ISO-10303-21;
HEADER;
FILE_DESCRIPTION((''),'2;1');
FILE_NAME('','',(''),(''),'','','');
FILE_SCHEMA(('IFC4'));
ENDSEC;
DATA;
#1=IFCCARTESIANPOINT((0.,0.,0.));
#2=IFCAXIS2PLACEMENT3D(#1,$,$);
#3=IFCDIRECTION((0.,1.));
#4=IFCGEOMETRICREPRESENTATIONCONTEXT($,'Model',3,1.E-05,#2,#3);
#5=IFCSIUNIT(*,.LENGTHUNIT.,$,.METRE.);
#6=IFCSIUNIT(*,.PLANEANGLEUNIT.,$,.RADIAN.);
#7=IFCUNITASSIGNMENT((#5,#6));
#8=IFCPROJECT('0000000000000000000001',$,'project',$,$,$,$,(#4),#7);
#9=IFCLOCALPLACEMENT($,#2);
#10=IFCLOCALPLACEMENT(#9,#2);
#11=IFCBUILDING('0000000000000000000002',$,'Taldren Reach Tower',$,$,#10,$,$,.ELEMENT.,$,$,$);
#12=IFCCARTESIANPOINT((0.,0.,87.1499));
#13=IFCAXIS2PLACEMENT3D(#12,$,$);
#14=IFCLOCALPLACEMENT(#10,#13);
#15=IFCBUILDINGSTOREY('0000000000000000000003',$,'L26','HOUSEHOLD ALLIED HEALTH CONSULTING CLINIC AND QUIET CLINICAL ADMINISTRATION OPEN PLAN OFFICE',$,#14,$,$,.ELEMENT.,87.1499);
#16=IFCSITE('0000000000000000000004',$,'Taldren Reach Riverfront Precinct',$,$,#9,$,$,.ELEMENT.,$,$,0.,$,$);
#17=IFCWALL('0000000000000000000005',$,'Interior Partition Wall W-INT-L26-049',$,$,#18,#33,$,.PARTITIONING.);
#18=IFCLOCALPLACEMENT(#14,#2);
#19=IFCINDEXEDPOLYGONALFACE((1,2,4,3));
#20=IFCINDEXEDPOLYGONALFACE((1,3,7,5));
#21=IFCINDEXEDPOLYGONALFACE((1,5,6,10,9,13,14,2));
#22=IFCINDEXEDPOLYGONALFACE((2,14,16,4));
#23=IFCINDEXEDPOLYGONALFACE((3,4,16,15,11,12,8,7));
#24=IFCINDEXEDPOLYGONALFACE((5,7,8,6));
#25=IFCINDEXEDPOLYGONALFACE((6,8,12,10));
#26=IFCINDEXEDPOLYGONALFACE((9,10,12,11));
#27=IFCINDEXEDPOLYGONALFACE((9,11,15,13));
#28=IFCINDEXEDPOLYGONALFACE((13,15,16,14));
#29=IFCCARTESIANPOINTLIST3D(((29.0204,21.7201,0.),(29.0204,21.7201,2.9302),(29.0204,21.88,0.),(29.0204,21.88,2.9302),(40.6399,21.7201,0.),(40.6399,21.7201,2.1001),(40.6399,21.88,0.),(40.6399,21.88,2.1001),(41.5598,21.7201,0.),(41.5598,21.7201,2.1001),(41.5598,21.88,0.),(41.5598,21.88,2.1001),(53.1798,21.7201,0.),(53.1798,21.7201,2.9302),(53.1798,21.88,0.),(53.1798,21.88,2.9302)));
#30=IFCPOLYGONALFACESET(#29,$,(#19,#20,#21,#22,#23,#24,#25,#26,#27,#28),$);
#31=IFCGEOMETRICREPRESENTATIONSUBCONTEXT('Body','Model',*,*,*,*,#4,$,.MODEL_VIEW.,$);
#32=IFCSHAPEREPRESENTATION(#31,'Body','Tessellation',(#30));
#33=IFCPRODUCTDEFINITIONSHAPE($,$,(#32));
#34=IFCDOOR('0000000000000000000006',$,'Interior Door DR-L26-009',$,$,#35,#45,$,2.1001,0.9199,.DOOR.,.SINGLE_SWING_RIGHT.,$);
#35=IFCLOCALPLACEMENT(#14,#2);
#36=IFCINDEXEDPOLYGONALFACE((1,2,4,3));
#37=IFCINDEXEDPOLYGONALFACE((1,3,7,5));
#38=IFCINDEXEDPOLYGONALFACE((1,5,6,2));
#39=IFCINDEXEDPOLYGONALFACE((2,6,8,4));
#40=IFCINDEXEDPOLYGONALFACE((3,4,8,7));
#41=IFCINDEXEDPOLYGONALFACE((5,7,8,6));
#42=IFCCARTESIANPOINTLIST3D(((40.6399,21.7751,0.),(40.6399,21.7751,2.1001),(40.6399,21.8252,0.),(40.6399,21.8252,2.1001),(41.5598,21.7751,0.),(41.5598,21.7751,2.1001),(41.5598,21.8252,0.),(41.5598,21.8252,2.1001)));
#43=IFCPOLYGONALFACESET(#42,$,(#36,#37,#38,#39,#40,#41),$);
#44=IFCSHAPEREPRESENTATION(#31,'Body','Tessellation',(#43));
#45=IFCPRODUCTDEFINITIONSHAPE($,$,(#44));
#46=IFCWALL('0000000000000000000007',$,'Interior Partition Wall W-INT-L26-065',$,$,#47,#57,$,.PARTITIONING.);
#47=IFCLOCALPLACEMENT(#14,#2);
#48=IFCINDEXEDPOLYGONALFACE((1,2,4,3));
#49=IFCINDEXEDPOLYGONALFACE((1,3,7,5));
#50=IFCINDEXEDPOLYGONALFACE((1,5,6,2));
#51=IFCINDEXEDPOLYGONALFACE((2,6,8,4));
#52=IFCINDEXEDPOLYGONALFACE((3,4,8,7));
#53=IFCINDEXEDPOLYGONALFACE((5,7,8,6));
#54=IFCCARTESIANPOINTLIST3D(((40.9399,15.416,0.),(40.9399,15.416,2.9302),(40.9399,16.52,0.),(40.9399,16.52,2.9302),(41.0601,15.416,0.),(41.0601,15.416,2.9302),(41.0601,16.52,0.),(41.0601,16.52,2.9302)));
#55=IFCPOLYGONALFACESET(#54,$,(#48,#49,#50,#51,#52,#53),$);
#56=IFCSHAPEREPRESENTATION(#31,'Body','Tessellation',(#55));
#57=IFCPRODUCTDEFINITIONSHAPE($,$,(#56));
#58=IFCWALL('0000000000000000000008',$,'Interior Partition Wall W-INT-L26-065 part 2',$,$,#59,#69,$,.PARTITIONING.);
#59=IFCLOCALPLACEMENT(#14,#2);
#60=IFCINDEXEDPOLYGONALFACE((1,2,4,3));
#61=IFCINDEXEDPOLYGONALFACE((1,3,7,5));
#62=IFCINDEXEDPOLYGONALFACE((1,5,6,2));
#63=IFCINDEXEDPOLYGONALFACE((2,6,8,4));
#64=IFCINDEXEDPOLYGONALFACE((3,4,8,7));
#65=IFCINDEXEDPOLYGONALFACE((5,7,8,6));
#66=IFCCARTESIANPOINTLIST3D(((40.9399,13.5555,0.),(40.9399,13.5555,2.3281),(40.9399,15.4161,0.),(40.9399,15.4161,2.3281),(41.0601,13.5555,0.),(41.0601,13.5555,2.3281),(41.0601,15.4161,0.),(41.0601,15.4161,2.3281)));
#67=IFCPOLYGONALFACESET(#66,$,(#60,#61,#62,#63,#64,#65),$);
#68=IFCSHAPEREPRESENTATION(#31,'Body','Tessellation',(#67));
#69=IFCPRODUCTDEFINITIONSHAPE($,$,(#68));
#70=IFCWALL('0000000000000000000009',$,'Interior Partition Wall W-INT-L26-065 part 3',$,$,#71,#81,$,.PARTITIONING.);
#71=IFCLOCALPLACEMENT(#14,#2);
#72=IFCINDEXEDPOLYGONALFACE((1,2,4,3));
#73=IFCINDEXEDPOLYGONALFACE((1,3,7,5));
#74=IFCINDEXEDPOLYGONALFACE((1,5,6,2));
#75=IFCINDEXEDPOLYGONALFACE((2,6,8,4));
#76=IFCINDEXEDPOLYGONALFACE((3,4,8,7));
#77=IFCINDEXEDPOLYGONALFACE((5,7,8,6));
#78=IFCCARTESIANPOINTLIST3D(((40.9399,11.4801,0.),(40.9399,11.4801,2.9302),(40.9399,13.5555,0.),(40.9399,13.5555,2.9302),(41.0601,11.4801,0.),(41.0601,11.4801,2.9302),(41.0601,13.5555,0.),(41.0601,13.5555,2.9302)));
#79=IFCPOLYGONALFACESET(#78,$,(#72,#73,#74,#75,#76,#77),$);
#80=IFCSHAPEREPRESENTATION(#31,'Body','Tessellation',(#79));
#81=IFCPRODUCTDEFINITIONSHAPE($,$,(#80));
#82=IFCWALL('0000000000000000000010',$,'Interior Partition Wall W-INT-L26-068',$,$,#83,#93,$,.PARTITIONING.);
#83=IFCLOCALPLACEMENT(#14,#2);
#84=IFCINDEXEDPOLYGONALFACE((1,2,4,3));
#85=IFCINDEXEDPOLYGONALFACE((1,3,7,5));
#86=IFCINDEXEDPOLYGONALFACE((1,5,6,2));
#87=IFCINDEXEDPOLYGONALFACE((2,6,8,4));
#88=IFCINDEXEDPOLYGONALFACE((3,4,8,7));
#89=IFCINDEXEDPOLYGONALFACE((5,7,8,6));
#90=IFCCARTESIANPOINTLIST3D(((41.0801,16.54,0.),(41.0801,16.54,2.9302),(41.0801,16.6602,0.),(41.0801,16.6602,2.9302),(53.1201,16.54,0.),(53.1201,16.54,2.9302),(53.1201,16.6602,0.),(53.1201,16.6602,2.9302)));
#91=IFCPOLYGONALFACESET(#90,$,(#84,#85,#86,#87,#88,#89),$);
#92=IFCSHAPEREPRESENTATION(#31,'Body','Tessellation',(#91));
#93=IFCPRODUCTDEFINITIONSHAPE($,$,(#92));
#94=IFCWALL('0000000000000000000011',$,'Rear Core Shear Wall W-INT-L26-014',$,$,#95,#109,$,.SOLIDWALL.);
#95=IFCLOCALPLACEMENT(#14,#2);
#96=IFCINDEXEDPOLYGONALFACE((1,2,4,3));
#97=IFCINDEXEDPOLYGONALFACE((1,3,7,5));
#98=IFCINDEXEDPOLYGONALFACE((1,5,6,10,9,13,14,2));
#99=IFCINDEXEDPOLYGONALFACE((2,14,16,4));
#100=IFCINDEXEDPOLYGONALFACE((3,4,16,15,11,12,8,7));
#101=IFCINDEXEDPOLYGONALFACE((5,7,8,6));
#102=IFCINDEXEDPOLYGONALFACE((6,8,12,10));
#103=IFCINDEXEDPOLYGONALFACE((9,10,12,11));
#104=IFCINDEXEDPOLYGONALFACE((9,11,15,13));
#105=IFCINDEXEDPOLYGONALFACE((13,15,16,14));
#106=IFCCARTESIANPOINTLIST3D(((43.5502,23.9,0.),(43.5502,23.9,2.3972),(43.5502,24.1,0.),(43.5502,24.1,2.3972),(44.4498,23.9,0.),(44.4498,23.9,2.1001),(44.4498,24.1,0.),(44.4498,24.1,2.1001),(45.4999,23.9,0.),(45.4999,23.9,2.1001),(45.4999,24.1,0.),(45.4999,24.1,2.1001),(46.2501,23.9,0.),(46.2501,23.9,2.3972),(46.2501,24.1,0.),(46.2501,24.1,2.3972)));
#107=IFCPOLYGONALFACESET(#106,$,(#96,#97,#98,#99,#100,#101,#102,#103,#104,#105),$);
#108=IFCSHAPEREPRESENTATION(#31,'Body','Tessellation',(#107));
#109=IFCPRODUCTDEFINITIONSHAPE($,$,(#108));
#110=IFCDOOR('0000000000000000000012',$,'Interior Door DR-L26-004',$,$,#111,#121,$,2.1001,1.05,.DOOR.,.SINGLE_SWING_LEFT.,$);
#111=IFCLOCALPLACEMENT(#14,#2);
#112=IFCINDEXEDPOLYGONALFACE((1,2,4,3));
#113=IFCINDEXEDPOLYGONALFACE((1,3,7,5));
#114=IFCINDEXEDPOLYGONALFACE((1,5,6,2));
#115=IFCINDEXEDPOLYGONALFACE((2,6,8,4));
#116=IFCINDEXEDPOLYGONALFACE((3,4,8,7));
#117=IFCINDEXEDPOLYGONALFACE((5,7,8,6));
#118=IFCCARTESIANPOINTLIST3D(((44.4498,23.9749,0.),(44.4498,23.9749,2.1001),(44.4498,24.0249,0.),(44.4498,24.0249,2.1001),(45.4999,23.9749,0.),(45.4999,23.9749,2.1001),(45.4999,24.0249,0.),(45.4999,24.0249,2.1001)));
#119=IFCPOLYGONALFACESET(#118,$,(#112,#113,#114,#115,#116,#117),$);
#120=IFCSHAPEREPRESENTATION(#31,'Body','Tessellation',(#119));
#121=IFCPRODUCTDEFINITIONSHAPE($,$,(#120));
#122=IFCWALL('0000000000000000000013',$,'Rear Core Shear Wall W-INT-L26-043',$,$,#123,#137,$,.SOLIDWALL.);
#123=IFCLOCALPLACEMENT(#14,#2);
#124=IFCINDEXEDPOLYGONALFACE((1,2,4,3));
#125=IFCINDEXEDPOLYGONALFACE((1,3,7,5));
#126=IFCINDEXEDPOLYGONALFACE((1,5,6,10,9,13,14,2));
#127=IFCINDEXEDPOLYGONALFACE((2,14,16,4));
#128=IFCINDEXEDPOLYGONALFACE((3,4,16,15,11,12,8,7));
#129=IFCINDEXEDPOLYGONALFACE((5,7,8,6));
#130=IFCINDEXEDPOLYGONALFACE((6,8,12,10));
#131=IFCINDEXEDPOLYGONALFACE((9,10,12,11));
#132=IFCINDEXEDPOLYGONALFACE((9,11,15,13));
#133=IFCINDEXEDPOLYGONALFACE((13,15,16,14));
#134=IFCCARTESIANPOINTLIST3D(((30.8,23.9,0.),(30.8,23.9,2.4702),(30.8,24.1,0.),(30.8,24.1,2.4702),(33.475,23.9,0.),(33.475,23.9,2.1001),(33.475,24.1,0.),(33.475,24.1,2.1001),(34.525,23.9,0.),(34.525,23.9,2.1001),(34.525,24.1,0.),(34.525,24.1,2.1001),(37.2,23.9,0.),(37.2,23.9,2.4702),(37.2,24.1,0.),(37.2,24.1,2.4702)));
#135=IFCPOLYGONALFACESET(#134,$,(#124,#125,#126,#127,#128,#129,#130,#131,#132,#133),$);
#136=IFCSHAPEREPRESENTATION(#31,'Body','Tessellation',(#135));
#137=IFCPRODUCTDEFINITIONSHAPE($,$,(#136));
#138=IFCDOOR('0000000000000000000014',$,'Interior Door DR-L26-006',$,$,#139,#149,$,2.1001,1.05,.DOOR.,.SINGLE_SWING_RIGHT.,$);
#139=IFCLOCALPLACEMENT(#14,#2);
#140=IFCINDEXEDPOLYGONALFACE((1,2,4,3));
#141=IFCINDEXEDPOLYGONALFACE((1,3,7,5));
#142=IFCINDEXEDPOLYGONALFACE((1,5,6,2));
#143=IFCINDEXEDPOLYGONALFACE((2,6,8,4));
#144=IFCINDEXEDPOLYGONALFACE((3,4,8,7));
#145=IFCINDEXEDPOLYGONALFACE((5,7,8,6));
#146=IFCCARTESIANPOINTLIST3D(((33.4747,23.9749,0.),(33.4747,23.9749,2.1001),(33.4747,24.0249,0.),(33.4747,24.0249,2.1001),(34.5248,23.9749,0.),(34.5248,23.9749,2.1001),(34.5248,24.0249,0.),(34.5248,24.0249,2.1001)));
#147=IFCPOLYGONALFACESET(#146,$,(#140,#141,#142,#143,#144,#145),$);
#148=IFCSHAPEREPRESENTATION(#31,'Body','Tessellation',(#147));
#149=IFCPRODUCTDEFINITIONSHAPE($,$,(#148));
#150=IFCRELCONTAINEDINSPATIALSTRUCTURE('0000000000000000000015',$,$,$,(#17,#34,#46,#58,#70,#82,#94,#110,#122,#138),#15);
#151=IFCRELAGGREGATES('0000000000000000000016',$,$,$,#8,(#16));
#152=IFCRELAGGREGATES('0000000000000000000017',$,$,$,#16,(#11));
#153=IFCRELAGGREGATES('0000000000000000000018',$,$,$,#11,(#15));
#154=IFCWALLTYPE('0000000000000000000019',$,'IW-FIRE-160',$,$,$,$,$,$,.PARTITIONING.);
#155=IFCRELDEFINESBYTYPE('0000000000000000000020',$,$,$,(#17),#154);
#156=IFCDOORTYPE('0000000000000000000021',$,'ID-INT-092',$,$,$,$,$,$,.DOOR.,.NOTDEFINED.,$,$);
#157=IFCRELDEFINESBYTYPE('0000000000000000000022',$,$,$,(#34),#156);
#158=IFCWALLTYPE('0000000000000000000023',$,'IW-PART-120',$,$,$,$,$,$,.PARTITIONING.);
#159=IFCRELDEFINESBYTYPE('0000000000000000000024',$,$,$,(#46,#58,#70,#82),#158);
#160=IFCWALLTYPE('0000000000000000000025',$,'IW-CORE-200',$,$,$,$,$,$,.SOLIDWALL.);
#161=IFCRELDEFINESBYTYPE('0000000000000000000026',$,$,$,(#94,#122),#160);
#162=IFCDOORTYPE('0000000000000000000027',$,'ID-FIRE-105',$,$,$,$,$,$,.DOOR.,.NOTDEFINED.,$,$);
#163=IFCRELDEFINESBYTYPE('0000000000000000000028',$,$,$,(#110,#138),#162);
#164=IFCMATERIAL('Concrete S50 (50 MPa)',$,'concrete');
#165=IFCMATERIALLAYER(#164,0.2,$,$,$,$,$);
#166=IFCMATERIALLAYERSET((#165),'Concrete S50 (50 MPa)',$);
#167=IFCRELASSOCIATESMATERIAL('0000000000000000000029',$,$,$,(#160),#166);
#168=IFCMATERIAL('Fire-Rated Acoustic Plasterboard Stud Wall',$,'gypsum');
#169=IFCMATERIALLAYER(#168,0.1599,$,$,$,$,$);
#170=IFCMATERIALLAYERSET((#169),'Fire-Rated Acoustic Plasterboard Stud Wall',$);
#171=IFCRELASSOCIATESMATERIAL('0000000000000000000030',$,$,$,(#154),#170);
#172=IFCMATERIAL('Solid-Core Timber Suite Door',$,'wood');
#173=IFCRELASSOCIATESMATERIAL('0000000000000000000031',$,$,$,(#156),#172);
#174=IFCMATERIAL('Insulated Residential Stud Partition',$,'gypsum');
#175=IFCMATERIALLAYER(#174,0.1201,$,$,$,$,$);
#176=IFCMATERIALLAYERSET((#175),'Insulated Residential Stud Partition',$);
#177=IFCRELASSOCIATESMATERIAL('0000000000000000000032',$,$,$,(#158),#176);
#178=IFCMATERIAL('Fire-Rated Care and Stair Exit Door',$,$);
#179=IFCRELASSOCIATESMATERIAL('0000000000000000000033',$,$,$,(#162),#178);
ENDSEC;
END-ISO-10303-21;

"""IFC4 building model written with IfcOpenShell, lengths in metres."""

from ifc_helpers import new_model, si_unit, direction, frame, frame_2d, origin, place, context, subcontext, project, spatial, rectangle, extrude, source, transform, mapped, material, layer, layer_set, type_object, element, fill, save


model = new_model("IFC4")

# Units and contexts
model_context = context("Model", 3, precision=1e-05, world=origin(), true_north=direction((0.0, 1.0)))
body_context = subcontext(model_context, "Body", "Model", "MODEL_VIEW")
ifc_project = project(units=[si_unit("LENGTHUNIT", "METRE"), si_unit("PLANEANGLEUNIT", "RADIAN")], contexts=[model_context])

# Site, building, storey
site_placement = place(None, origin())
site = spatial("IfcSite", under=ifc_project, at=site_placement, Name="Taldren Reach Riverfront Precinct", CompositionType="ELEMENT", RefElevation=0.0)
building_placement = place(site_placement, origin())
building = spatial("IfcBuilding", under=site, at=building_placement, Name="Taldren Reach Tower", CompositionType="ELEMENT")
storey_placement = place(building_placement, frame((0.0, 0.0, 87.1499)))
storey = spatial("IfcBuildingStorey", under=building, at=storey_placement, Name="L26", Description="HOUSEHOLD ALLIED HEALTH CONSULTING CLINIC AND QUIET CLINICAL ADMINISTRATION OPEN PLAN OFFICE", CompositionType="ELEMENT", Elevation=87.1499)

# Shared definitions
ifc_material_1 = material(Name="Concrete S50 (50 MPa)", Category="concrete")
ifc_layer_1 = layer(ifc_material_1, 0.2)
ifc_layer_set_1 = layer_set([ifc_layer_1], Name="Concrete S50 (50 MPa)")
wall_type_1 = type_object("IfcWallType", Name="IW-CORE-200", PredefinedType="SOLIDWALL", material=ifc_layer_set_1)
ifc_material_2 = material(Name="Fire-Rated Acoustic Plasterboard Stud Wall", Category="gypsum")
ifc_layer_2 = layer(ifc_material_2, 0.1599)
ifc_layer_set_2 = layer_set([ifc_layer_2], Name="Fire-Rated Acoustic Plasterboard Stud Wall")
wall_type_2 = type_object("IfcWallType", Name="IW-FIRE-160", PredefinedType="PARTITIONING", material=ifc_layer_set_2)

# Wall, opening, door
shared_shape_1 = source(origin(), body_context, "Body", "SweptSolid", [
    extrude(rectangle(XDim=24.1594, YDim=0.1599, at=frame_2d((12.0796, 0.0))), origin(), (0.0, 0.0, 1.0), 2.9302),
])
wall_1_placement = place(storey_placement, frame((53.1797, 21.8, 0.0), z_axis=(0.0, 0.0, 1.0), x_axis=(-1.0, 0.0, 0.0)))
wall_1 = element("IfcWall", 1, at=wall_1_placement, inside=storey, type_object=wall_type_2, Name="Interior Partition Wall W-INT-L26-049", PredefinedType="PARTITIONING", context=body_context, shape_type="MappedRepresentation", body=[
    mapped(shared_shape_1, transform((0.0, 0.0, 0.0), scale=1.0)),
])
shared_shape_2 = source(origin(), body_context, "Body", "SweptSolid", [
    extrude(rectangle(XDim=0.9199, YDim=2.1001, at=frame_2d((0.46, 1.05))), frame((0.0, 0.0898, 0.0), z_axis=(0.0, -1.0, 0.0), x_axis=(1.0, 0.0, 0.0)), (0.0, 0.0, 1.0), 0.1799),
])
opening_1_placement = place(wall_1_placement, frame((11.6199, 0.0, 0.0)))
opening_1 = element("IfcOpeningElement", 2, at=opening_1_placement, cuts=wall_1, PredefinedType="OPENING", context=body_context, shape_type="MappedRepresentation", body=[
    mapped(shared_shape_2, transform((0.0, 0.0, 0.0), scale=1.0)),
])
ifc_material_3 = material(Name="Solid-Core Timber Suite Door", Category="wood")
door_type_1 = type_object("IfcDoorType", Name="ID-INT-092", OperationType="NOTDEFINED", PredefinedType="DOOR", material=ifc_material_3)
shared_shape_3 = source(origin(), body_context, "Body", "SweptSolid", [
    extrude(rectangle(XDim=0.9199, YDim=2.1001, at=frame_2d((0.46, 1.05))), frame((0.0, 0.0249, 0.0), z_axis=(0.0, -1.0, 0.0), x_axis=(1.0, 0.0, 0.0)), (0.0, 0.0, 1.0), 0.05),
])
door_1_placement = place(opening_1_placement, origin())
door_1 = element("IfcDoor", 3, at=door_1_placement, inside=storey, type_object=door_type_1, Name="Interior Door DR-L26-009", OperationType="SINGLE_SWING_RIGHT", OverallHeight=2.1001, OverallWidth=0.9199, PredefinedType="DOOR", context=body_context, shape_type="MappedRepresentation", body=[
    mapped(shared_shape_3, transform((0.0, 0.0, 0.0), scale=1.0)),
])
fill(opening_1, door_1)

# Walls
ifc_material_4 = material(Name="Insulated Residential Stud Partition", Category="gypsum")
ifc_layer_3 = layer(ifc_material_4, 0.1201)
ifc_layer_set_3 = layer_set([ifc_layer_3], Name="Insulated Residential Stud Partition")
wall_type_3 = type_object("IfcWallType", Name="IW-PART-120", PredefinedType="PARTITIONING", material=ifc_layer_set_3)
shared_shape_4 = source(origin(), body_context, "Body", "SweptSolid", [
    extrude(rectangle(XDim=1.104, YDim=0.1201, at=frame_2d((0.552, 0.0))), origin(), (0.0, 0.0, 1.0), 2.9302),
])
wall_2_placement = place(storey_placement, frame((41.0, 16.52, 0.0), z_axis=(0.0, 0.0, 1.0), x_axis=(0.0, -1.0, 0.0)))
element("IfcWall", 4, at=wall_2_placement, inside=storey, type_object=wall_type_3, Name="Interior Partition Wall W-INT-L26-065", PredefinedType="PARTITIONING", context=body_context, shape_type="MappedRepresentation", body=[
    mapped(shared_shape_4, transform((0.0, 0.0, 0.0), scale=1.0)),
])
shared_shape_5 = source(origin(), body_context, "Body", "SweptSolid", [
    extrude(rectangle(XDim=1.8606, YDim=0.1201, at=frame_2d((0.9302, 0.0))), origin(), (0.0, 0.0, 1.0), 2.3281),
])
wall_3_placement = place(storey_placement, frame((41.0, 15.416, 0.0), z_axis=(0.0, 0.0, 1.0), x_axis=(0.0, -1.0, 0.0)))
element("IfcWall", 5, at=wall_3_placement, inside=storey, type_object=wall_type_3, Name="Interior Partition Wall W-INT-L26-065 part 2", PredefinedType="PARTITIONING", context=body_context, shape_type="MappedRepresentation", body=[
    mapped(shared_shape_5, transform((0.0, 0.0, 0.0), scale=1.0)),
])
shared_shape_6 = source(origin(), body_context, "Body", "SweptSolid", [
    extrude(rectangle(XDim=2.0754, YDim=0.1201, at=frame_2d((1.0376, 0.0))), origin(), (0.0, 0.0, 1.0), 2.9302),
])
wall_4_placement = place(storey_placement, frame((41.0, 13.5554, 0.0), z_axis=(0.0, 0.0, 1.0), x_axis=(0.0, -1.0, 0.0)))
element("IfcWall", 6, at=wall_4_placement, inside=storey, type_object=wall_type_3, Name="Interior Partition Wall W-INT-L26-065 part 3", PredefinedType="PARTITIONING", context=body_context, shape_type="MappedRepresentation", body=[
    mapped(shared_shape_6, transform((0.0, 0.0, 0.0), scale=1.0)),
])
shared_shape_7 = source(origin(), body_context, "Body", "SweptSolid", [
    extrude(rectangle(XDim=12.04, YDim=0.1201, at=frame_2d((6.02, 0.0))), origin(), (0.0, 0.0, 1.0), 2.9302),
])
wall_5_placement = place(storey_placement, frame((41.0801, 16.6001, 0.0), z_axis=(0.0, 0.0, 1.0), x_axis=(1.0, 0.0, 0.0)))
element("IfcWall", 7, at=wall_5_placement, inside=storey, type_object=wall_type_3, Name="Interior Partition Wall W-INT-L26-068", PredefinedType="PARTITIONING", context=body_context, shape_type="MappedRepresentation", body=[
    mapped(shared_shape_7, transform((0.0, 0.0, 0.0), scale=1.0)),
])

# Walls, openings, doors
shared_shape_8 = source(origin(), body_context, "Body", "SweptSolid", [
    extrude(rectangle(XDim=2.7, YDim=0.2, at=frame_2d((1.3501, 0.0))), origin(), (0.0, 0.0, 1.0), 2.3972),
])
wall_6_placement = place(storey_placement, frame((43.55, 24.0, 0.0), z_axis=(0.0, 0.0, 1.0), x_axis=(1.0, 0.0, 0.0)))
wall_6 = element("IfcWall", 8, at=wall_6_placement, inside=storey, type_object=wall_type_1, Name="Rear Core Shear Wall W-INT-L26-014", PredefinedType="SOLIDWALL", context=body_context, shape_type="MappedRepresentation", body=[
    mapped(shared_shape_8, transform((0.0, 0.0, 0.0), scale=1.0)),
])
shared_shape_9 = source(origin(), body_context, "Body", "SweptSolid", [
    extrude(rectangle(XDim=1.05, YDim=2.1001, at=frame_2d((0.5249, 1.05))), frame((0.0, 0.1099, 0.0), z_axis=(0.0, -1.0, 0.0), x_axis=(1.0, 0.0, 0.0)), (0.0, 0.0, 1.0), 0.22),
])
opening_2_placement = place(wall_6_placement, frame((0.8999, 0.0, 0.0)))
opening_2 = element("IfcOpeningElement", 9, at=opening_2_placement, cuts=wall_6, PredefinedType="OPENING", context=body_context, shape_type="MappedRepresentation", body=[
    mapped(shared_shape_9, transform((0.0, 0.0, 0.0), scale=1.0)),
])
ifc_material_5 = material(Name="Fire-Rated Care and Stair Exit Door")
door_type_2 = type_object("IfcDoorType", Name="ID-FIRE-105", OperationType="NOTDEFINED", PredefinedType="DOOR", material=ifc_material_5)
shared_shape_10 = source(origin(), body_context, "Body", "SweptSolid", [
    extrude(rectangle(XDim=1.05, YDim=2.1001, at=frame_2d((0.5249, 1.05))), frame((0.0, 0.0249, 0.0), z_axis=(0.0, -1.0, 0.0), x_axis=(1.0, 0.0, 0.0)), (0.0, 0.0, 1.0), 0.05),
])
door_2_placement = place(opening_2_placement, origin())
door_2 = element("IfcDoor", 10, at=door_2_placement, inside=storey, type_object=door_type_2, Name="Interior Door DR-L26-004", OperationType="SINGLE_SWING_LEFT", OverallHeight=2.1001, OverallWidth=1.05, PredefinedType="DOOR", context=body_context, shape_type="MappedRepresentation", body=[
    mapped(shared_shape_10, transform((0.0, 0.0, 0.0), scale=1.0)),
])
fill(opening_2, door_2)
shared_shape_11 = source(origin(), body_context, "Body", "SweptSolid", [
    extrude(rectangle(XDim=6.3999, YDim=0.2, at=frame_2d((3.2, 0.0))), origin(), (0.0, 0.0, 1.0), 2.4702),
])
wall_7_placement = place(storey_placement, frame((37.2, 24.0, 0.0), z_axis=(0.0, 0.0, 1.0), x_axis=(-1.0, 0.0, 0.0)))
wall_7 = element("IfcWall", 11, at=wall_7_placement, inside=storey, type_object=wall_type_1, Name="Rear Core Shear Wall W-INT-L26-043", PredefinedType="SOLIDWALL", context=body_context, shape_type="MappedRepresentation", body=[
    mapped(shared_shape_11, transform((0.0, 0.0, 0.0), scale=1.0)),
])
opening_3_placement = place(wall_7_placement, frame((2.675, 0.0, 0.0)))
opening_3 = element("IfcOpeningElement", 12, at=opening_3_placement, cuts=wall_7, PredefinedType="OPENING", context=body_context, shape_type="MappedRepresentation", body=[
    mapped(shared_shape_9, transform((0.0, 0.0, 0.0), scale=1.0)),
])
door_3_placement = place(opening_3_placement, frame((1.05, 0.0, 0.0), z_axis=(0.0, 0.0, 1.0), x_axis=(-1.0, 0.0, 0.0)))
door_3 = element("IfcDoor", 13, at=door_3_placement, inside=storey, type_object=door_type_2, Name="Interior Door DR-L26-006", OperationType="SINGLE_SWING_RIGHT", OverallHeight=2.1001, OverallWidth=1.05, PredefinedType="DOOR", context=body_context, shape_type="MappedRepresentation", body=[
    mapped(shared_shape_10, transform((0.0, 0.0, 0.0), scale=1.0)),
])
fill(opening_3, door_3)

save(model, "model.ifc")
